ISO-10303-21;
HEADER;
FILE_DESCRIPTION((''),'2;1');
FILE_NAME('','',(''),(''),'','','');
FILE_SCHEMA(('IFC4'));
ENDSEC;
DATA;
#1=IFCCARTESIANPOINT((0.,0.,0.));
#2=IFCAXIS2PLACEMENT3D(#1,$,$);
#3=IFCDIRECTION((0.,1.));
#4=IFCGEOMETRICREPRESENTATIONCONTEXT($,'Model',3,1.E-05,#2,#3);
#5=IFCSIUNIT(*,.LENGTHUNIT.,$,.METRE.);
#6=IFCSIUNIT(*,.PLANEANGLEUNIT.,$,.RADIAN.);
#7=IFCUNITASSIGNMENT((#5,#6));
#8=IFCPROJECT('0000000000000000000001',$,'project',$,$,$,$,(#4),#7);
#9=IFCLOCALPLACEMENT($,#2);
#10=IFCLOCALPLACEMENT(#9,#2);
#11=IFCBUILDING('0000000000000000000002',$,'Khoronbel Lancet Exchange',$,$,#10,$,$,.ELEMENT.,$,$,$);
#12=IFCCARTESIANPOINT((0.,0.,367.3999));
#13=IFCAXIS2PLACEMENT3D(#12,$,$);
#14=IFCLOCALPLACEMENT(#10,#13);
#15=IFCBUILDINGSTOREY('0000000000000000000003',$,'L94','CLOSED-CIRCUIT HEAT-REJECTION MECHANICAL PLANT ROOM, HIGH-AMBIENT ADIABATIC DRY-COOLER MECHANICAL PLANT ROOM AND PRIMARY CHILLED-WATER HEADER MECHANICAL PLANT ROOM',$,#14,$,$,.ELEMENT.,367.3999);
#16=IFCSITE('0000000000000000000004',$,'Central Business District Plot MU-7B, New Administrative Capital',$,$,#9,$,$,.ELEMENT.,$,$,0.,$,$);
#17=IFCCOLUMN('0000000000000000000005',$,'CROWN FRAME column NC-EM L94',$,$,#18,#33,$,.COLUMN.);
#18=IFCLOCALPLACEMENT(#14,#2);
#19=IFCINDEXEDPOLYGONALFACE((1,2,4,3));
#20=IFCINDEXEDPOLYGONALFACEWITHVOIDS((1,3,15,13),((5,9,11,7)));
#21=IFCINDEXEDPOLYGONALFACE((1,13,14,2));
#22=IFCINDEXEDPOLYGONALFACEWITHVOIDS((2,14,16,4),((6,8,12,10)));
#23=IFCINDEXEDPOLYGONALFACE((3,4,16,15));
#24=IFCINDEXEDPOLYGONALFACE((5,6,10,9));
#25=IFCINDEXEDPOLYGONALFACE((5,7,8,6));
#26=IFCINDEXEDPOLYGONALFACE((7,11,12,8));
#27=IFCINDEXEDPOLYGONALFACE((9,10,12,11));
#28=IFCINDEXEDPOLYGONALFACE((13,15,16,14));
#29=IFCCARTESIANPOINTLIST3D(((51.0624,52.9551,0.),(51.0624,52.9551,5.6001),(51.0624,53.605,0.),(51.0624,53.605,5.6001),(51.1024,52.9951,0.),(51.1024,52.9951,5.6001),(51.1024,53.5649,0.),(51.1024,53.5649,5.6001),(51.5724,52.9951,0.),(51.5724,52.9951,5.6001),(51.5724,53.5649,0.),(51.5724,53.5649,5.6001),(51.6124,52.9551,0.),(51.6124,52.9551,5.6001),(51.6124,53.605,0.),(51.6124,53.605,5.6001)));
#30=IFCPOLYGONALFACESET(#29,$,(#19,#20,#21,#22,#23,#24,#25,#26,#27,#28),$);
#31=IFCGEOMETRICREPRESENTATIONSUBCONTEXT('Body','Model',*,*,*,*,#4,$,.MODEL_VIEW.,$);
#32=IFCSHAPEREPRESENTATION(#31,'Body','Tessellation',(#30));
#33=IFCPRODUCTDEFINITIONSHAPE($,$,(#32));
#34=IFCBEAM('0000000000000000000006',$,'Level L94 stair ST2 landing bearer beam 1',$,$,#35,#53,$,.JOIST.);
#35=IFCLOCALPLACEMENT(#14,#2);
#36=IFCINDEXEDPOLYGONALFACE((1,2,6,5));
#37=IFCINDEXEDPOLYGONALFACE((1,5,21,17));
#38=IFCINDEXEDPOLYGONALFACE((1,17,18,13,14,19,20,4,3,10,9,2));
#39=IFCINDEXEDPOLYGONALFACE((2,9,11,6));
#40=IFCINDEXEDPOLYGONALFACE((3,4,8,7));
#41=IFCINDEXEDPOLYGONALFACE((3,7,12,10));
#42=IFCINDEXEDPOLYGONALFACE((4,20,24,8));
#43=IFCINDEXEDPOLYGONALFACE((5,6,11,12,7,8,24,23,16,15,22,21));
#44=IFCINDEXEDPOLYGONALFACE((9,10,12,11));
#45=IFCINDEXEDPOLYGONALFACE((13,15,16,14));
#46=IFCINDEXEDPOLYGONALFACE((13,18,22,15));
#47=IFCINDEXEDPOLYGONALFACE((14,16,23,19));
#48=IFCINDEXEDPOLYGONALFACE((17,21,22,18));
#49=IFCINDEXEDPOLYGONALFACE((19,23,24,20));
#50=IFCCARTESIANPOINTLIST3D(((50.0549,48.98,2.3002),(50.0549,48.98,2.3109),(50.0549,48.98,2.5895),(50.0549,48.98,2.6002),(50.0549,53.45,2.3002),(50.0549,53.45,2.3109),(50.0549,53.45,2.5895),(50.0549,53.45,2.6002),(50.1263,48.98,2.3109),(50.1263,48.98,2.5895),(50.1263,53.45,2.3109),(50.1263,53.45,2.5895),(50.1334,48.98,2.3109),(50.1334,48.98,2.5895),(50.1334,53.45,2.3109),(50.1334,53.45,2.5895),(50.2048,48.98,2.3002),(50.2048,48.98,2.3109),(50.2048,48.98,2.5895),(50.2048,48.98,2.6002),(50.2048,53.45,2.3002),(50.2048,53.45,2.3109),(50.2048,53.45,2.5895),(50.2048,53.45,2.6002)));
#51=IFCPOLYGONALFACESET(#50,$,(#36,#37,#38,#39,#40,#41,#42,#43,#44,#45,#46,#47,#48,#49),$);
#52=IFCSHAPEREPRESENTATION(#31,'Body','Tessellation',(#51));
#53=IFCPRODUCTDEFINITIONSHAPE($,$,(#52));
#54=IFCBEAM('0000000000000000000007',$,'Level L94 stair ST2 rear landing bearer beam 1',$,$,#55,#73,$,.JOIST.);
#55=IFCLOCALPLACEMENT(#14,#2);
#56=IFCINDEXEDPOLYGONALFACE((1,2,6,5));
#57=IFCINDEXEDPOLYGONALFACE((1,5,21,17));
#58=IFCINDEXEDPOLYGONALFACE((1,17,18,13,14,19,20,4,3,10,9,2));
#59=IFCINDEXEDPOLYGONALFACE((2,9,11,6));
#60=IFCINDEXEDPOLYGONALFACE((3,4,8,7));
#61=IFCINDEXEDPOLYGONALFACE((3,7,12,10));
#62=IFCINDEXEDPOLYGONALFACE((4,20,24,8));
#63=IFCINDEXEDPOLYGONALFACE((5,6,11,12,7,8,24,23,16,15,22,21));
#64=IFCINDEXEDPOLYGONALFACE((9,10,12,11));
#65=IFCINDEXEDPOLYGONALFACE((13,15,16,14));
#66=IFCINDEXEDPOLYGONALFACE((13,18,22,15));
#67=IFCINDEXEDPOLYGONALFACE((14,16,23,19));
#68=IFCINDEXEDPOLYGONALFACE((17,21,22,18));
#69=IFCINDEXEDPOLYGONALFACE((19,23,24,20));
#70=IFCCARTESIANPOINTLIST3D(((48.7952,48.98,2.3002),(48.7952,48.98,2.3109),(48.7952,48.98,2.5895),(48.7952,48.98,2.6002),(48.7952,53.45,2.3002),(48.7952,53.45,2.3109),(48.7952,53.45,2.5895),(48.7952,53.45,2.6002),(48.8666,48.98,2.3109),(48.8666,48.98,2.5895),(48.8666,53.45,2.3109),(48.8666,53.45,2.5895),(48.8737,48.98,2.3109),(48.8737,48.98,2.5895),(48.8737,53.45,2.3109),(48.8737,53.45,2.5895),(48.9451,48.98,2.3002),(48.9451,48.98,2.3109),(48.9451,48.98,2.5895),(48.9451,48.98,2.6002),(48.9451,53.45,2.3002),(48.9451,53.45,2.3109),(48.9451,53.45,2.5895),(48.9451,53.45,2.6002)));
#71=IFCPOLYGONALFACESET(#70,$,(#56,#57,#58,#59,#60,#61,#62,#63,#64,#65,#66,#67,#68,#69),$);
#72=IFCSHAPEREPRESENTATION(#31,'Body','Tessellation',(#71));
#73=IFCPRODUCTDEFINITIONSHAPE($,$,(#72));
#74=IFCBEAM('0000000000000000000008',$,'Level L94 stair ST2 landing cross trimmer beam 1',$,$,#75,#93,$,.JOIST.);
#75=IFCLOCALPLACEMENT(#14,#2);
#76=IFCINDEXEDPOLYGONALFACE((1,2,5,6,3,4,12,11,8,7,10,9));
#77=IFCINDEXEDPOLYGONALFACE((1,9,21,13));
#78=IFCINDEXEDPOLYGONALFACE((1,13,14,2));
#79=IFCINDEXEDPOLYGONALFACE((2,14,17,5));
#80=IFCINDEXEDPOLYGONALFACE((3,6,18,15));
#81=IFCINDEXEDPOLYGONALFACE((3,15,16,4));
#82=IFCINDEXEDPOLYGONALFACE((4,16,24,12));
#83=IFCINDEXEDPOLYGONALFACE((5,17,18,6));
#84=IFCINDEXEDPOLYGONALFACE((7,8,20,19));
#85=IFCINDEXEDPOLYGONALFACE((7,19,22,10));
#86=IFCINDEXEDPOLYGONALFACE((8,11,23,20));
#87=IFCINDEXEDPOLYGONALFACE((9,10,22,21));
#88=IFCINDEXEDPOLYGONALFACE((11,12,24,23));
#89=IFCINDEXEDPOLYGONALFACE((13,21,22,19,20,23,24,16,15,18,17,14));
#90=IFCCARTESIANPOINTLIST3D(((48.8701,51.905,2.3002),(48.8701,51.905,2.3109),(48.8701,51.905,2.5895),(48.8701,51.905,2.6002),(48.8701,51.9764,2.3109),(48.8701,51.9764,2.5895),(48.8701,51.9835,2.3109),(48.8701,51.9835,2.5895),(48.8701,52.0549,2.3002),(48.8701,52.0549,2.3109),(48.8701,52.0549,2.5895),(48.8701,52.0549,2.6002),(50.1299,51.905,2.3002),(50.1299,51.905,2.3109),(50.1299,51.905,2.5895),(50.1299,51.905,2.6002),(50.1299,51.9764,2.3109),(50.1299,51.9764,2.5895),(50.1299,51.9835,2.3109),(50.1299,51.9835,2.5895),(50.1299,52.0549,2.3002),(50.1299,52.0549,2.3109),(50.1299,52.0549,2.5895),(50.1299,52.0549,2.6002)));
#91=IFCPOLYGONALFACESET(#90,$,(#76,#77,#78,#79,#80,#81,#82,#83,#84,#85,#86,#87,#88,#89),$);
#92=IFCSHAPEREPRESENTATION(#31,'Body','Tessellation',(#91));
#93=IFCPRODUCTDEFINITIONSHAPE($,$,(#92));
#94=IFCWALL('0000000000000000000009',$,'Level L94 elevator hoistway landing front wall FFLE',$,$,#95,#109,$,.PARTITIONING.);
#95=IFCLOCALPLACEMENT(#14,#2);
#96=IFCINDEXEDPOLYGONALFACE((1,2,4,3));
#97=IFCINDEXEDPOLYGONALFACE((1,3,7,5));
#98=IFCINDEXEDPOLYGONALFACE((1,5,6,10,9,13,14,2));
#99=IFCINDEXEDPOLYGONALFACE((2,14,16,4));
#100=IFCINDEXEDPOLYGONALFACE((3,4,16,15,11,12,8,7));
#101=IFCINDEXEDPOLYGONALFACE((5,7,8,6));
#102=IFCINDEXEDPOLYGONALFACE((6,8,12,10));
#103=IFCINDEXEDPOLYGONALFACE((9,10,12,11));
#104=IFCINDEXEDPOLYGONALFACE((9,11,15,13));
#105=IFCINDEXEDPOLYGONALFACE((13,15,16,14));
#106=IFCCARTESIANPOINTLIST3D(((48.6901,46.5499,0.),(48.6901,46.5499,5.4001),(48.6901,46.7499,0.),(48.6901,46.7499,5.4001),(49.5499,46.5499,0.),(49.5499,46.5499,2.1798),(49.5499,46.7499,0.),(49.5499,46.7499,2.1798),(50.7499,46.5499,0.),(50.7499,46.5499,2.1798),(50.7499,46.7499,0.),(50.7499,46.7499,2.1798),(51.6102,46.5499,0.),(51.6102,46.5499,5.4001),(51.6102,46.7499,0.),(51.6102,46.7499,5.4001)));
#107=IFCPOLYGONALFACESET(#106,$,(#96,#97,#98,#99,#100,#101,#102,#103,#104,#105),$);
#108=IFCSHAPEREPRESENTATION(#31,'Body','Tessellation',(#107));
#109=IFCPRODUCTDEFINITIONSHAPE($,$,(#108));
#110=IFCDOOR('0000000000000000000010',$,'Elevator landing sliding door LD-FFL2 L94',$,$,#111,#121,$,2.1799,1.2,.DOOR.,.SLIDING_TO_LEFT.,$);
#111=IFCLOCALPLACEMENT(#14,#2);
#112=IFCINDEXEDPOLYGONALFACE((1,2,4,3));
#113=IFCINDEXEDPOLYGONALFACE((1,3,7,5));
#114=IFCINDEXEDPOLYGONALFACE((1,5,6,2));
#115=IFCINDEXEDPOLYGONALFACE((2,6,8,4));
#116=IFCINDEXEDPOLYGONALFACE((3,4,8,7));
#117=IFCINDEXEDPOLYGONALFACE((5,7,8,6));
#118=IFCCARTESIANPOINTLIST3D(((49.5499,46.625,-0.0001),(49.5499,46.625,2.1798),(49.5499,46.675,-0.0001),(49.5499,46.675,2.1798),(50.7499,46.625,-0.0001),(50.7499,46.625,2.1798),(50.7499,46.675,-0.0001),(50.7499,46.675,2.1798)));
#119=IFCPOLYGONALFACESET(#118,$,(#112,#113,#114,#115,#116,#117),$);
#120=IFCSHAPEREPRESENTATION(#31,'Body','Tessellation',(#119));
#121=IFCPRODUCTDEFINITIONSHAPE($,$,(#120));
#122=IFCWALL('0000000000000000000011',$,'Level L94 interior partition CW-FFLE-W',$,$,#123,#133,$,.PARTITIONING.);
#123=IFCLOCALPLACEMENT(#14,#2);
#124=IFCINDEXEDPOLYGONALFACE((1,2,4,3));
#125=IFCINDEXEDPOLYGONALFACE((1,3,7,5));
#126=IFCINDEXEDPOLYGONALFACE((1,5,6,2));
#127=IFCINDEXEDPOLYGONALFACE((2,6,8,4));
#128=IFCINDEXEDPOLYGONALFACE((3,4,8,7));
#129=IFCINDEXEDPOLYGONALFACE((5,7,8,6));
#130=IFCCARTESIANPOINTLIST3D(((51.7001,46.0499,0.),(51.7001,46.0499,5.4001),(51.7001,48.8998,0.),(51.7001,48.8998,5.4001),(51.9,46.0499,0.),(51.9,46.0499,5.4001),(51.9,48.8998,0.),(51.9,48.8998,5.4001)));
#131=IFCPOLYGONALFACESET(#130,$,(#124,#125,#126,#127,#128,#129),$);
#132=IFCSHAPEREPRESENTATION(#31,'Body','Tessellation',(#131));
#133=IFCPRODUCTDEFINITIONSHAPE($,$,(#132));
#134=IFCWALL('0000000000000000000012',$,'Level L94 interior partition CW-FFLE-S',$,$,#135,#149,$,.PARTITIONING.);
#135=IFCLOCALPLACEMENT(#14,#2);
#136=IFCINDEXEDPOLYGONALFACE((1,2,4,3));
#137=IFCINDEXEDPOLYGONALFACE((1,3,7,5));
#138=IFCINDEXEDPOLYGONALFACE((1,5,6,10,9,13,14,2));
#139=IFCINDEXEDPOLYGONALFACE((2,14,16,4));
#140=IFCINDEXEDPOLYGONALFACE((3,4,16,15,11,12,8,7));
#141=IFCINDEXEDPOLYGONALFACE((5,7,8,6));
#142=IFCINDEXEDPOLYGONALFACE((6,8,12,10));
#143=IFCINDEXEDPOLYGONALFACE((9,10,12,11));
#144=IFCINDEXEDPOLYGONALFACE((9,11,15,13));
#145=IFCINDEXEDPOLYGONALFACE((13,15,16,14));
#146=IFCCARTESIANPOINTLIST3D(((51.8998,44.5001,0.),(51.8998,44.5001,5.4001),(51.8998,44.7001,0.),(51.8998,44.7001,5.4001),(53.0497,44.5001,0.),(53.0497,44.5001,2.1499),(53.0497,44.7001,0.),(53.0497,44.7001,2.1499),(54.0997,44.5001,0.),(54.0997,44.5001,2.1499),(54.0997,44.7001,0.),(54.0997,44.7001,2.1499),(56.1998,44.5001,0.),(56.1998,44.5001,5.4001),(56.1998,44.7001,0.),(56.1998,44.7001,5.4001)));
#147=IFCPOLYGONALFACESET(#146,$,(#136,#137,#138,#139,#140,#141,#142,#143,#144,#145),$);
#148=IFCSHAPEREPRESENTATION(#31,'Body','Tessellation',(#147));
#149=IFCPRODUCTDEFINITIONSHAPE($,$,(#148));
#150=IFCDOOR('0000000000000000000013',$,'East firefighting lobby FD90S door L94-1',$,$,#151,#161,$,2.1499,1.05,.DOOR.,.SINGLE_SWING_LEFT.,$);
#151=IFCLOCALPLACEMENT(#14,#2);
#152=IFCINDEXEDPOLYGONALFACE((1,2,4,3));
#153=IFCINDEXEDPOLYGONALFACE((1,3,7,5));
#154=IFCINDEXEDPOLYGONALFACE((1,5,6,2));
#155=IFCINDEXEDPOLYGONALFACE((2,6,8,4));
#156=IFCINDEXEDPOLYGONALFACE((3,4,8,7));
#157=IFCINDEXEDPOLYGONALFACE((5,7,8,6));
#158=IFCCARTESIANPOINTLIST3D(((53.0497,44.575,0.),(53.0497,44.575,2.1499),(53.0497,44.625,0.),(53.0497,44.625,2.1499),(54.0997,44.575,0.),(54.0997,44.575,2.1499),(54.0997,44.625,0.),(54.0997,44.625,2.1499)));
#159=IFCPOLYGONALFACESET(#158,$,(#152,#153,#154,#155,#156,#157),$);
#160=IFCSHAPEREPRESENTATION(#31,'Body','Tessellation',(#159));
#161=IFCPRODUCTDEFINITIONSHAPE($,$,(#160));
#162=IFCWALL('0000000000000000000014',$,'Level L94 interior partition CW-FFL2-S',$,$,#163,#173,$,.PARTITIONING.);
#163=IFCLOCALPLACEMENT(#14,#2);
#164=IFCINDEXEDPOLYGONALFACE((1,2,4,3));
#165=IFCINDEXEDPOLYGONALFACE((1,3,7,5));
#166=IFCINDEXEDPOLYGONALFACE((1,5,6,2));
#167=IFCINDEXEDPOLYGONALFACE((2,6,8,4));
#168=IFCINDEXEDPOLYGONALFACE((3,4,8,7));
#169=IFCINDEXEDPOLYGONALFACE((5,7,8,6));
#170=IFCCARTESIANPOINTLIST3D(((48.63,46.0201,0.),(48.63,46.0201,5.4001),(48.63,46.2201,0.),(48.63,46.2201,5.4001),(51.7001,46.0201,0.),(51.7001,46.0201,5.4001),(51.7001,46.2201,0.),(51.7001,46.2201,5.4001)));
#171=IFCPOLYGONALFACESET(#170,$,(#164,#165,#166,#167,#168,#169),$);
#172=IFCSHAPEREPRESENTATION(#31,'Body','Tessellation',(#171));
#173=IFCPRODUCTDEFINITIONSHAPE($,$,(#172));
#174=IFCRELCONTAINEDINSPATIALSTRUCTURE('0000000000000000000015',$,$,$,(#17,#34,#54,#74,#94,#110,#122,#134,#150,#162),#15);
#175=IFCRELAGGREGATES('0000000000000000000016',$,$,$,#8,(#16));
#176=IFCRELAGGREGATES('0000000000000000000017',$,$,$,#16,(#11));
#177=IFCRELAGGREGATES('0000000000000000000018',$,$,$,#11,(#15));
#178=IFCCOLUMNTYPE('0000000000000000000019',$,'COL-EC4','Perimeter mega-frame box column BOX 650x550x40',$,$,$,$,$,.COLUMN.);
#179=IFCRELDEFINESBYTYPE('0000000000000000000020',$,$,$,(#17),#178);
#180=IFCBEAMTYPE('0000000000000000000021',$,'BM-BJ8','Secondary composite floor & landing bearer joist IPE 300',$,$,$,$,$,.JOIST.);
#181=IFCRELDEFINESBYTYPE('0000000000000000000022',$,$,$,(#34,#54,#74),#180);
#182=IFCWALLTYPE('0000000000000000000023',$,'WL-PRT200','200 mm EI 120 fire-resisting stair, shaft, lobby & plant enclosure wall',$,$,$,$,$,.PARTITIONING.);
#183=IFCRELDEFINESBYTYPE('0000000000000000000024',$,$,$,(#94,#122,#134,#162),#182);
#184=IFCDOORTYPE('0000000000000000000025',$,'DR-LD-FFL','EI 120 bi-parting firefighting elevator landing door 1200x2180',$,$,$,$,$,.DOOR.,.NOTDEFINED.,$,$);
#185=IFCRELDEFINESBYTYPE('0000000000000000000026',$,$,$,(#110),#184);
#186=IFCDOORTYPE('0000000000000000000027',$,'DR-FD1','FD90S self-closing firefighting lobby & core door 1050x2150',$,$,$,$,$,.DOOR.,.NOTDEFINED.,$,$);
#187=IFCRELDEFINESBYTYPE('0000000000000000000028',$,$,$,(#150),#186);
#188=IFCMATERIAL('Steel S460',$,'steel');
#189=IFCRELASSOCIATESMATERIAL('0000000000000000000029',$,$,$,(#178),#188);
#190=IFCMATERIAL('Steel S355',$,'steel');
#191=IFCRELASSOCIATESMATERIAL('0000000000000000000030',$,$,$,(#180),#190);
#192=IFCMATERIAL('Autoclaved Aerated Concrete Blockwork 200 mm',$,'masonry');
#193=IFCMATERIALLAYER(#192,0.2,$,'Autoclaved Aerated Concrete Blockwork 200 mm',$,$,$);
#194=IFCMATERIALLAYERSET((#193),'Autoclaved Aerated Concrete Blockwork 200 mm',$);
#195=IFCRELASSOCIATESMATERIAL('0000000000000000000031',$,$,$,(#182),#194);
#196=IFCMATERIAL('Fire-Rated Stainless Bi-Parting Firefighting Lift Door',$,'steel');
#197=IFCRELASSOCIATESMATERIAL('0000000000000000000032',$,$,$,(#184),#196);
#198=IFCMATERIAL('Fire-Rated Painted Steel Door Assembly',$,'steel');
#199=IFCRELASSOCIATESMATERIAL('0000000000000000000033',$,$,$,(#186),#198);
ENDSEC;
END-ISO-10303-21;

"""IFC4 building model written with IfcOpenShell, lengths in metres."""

from ifc_helpers import new_model, si_unit, direction, frame, frame_2d, origin, origin_2d, place, context, subcontext, project, spatial, rectangle, hollow_rectangle, i_section, extrude, material, layer, layer_set, material_profile, profile_set, type_object, element, fill, save


model = new_model("IFC4")

# Units and contexts
model_context = context("Model", 3, precision=1e-05, world=origin(), true_north=direction((0.0, 1.0)))
body_context = subcontext(model_context, "Body", "Model", "MODEL_VIEW")
ifc_project = project(units=[si_unit("LENGTHUNIT", "METRE"), si_unit("PLANEANGLEUNIT", "RADIAN")], contexts=[model_context])

# Site, building, storey
site_placement = place(None, origin())
site = spatial("IfcSite", under=ifc_project, at=site_placement, Name="Central Business District Plot MU-7B, New Administrative Capital", CompositionType="ELEMENT", RefElevation=0.0)
building_placement = place(site_placement, origin())
building = spatial("IfcBuilding", under=site, at=building_placement, Name="Khoronbel Lancet Exchange", CompositionType="ELEMENT")
storey_placement = place(building_placement, frame((0.0, 0.0, 367.3999)))
storey = spatial("IfcBuildingStorey", under=building, at=storey_placement, Name="L94", Description="CLOSED-CIRCUIT HEAT-REJECTION MECHANICAL PLANT ROOM, HIGH-AMBIENT ADIABATIC DRY-COOLER MECHANICAL PLANT ROOM AND PRIMARY CHILLED-WATER HEADER MECHANICAL PLANT ROOM", CompositionType="ELEMENT", Elevation=367.3999)

# Column
ifc_material_1 = material(Name="Steel S460", Category="steel")
ifc_material_profile_1 = material_profile(ifc_material_1, hollow_rectangle(XDim=0.55, YDim=0.6499, WallThickness=0.04, at=origin_2d()), Name="BOX 650x550x40")
ifc_profile_set_1 = profile_set([ifc_material_profile_1], Name="Steel S460")
column_type = type_object("IfcColumnType", Name="COL-EC4", Description="Perimeter mega-frame box column BOX 650x550x40", PredefinedType="COLUMN", material=ifc_profile_set_1)
column_placement = place(storey_placement, frame((51.3374, 53.28, 0.0), z_axis=(0.0, 0.0, 1.0), x_axis=(1.0, 0.0, 0.0)))
element("IfcColumn", 1, at=column_placement, inside=storey, type_object=column_type, Name="CROWN FRAME column NC-EM L94", PredefinedType="COLUMN", context=body_context, shape_type="SweptSolid", body=[
    extrude(hollow_rectangle(XDim=0.55, YDim=0.6499, WallThickness=0.04, at=origin_2d()), origin(), (0.0, 0.0, 1.0), 5.6001),
])

# Beams
ifc_material_2 = material(Name="Steel S355", Category="steel")
ifc_material_profile_2 = material_profile(ifc_material_2, i_section(OverallWidth=0.1499, OverallDepth=0.3, WebThickness=0.0071, FlangeThickness=0.0107, at=origin_2d()), Name="IPE 300")
ifc_profile_set_2 = profile_set([ifc_material_profile_2], Name="Steel S355")
beam_type = type_object("IfcBeamType", Name="BM-BJ8", Description="Secondary composite floor & landing bearer joist IPE 300", PredefinedType="JOIST", material=ifc_profile_set_2)
for number, where, z_axis, x_axis, name in (
    (2, (50.1299, 48.98, 2.4502), (0.0, 1.0, 0.0), (-1.0, 0.0, 0.0), "Level L94 stair ST2 landing bearer beam 1"),
    (3, (48.8701, 48.98, 2.4502), (0.0, 1.0, 0.0), (-1.0, 0.0, 0.0), "Level L94 stair ST2 rear landing bearer beam 1"),
):
    element("IfcBeam", number, at=place(storey_placement, frame(where, z_axis=z_axis, x_axis=x_axis)), inside=storey, type_object=beam_type, Name=name, PredefinedType="JOIST", context=body_context, shape_type="SweptSolid", body=[
        extrude(i_section(OverallWidth=0.1499, OverallDepth=0.3, WebThickness=0.0071, FlangeThickness=0.0107, at=origin_2d()), origin(), (0.0, 0.0, 1.0), 4.47),
    ])
beam_placement = place(storey_placement, frame((48.8701, 51.98, 2.4502), z_axis=(1.0, 0.0, 0.0), x_axis=(0.0, 1.0, 0.0)))
element("IfcBeam", 4, at=beam_placement, inside=storey, type_object=beam_type, Name="Level L94 stair ST2 landing cross trimmer beam 1", PredefinedType="JOIST", context=body_context, shape_type="SweptSolid", body=[
    extrude(i_section(OverallWidth=0.1499, OverallDepth=0.3, WebThickness=0.0071, FlangeThickness=0.0107, at=origin_2d()), origin(), (0.0, 0.0, 1.0), 1.2598),
])

# Wall, opening, door
ifc_material_3 = material(Name="Autoclaved Aerated Concrete Blockwork 200 mm", Category="masonry")
ifc_layer_1 = layer(ifc_material_3, 0.2, Name="Autoclaved Aerated Concrete Blockwork 200 mm")
ifc_layer_set_1 = layer_set([ifc_layer_1], Name="Autoclaved Aerated Concrete Blockwork 200 mm")
wall_type_1 = type_object("IfcWallType", Name="WL-PRT200", Description="200 mm EI 120 fire-resisting stair, shaft, lobby & plant enclosure wall", PredefinedType="PARTITIONING", material=ifc_layer_set_1)
wall_1_placement = place(storey_placement, frame((51.6101, 46.6499, 0.0), z_axis=(0.0, 0.0, 1.0), x_axis=(-1.0, 0.0, 0.0)))
wall_1 = element("IfcWall", 5, at=wall_1_placement, inside=storey, type_object=wall_type_1, Name="Level L94 elevator hoistway landing front wall FFLE", PredefinedType="PARTITIONING", context=body_context, shape_type="SweptSolid", body=[
    extrude(rectangle(XDim=2.9202, YDim=0.2, at=frame_2d((1.46, 0.0))), origin(), (0.0, 0.0, 1.0), 5.4001),
])
opening_1_placement = place(wall_1_placement, frame((0.8601, 0.0, 0.0)))
opening_1 = element("IfcOpeningElement", 6, at=opening_1_placement, cuts=wall_1, PredefinedType="OPENING", context=body_context, shape_type="SweptSolid", body=[
    extrude(rectangle(XDim=1.2, YDim=2.1799, at=frame_2d((0.6001, 1.0898))), frame((0.0, 0.1099, 0.0), z_axis=(0.0, -1.0, 0.0), x_axis=(1.0, 0.0, 0.0)), (0.0, 0.0, 1.0), 0.22),
])
ifc_material_4 = material(Name="Fire-Rated Stainless Bi-Parting Firefighting Lift Door", Category="steel")
door_type_1 = type_object("IfcDoorType", Name="DR-LD-FFL", Description="EI 120 bi-parting firefighting elevator landing door 1200x2180", OperationType="NOTDEFINED", PredefinedType="DOOR", material=ifc_material_4)
door_1_placement = place(opening_1_placement, origin())
door_1 = element("IfcDoor", 7, at=door_1_placement, inside=storey, type_object=door_type_1, Name="Elevator landing sliding door LD-FFL2 L94", OperationType="SLIDING_TO_LEFT", OverallHeight=2.1799, OverallWidth=1.2, PredefinedType="DOOR", context=body_context, shape_type="SweptSolid", body=[
    extrude(rectangle(XDim=1.2, YDim=2.1799, at=frame_2d((0.6001, 1.0898))), frame((0.0, 0.0249, 0.0), z_axis=(0.0, -1.0, 0.0), x_axis=(1.0, 0.0, 0.0)), (0.0, 0.0, 1.0), 0.05),
])
fill(opening_1, door_1)

# Wall
wall_2_placement = place(storey_placement, frame((51.8, 46.05, 0.0), z_axis=(0.0, 0.0, 1.0), x_axis=(0.0, 1.0, 0.0)))
element("IfcWall", 8, at=wall_2_placement, inside=storey, type_object=wall_type_1, Name="Level L94 interior partition CW-FFLE-W", PredefinedType="PARTITIONING", context=body_context, shape_type="SweptSolid", body=[
    extrude(rectangle(XDim=2.8499, YDim=0.2, at=frame_2d((1.4248, 0.0))), origin(), (0.0, 0.0, 1.0), 5.4001),
])

# Wall, opening, door
wall_3_placement = place(storey_placement, frame((51.8999, 44.6001, 0.0), z_axis=(0.0, 0.0, 1.0), x_axis=(1.0, 0.0, 0.0)))
wall_3 = element("IfcWall", 9, at=wall_3_placement, inside=storey, type_object=wall_type_1, Name="Level L94 interior partition CW-FFLE-S", PredefinedType="PARTITIONING", context=body_context, shape_type="SweptSolid", body=[
    extrude(rectangle(XDim=4.3, YDim=0.2, at=frame_2d((2.1499, 0.0))), origin(), (0.0, 0.0, 1.0), 5.4001),
])
opening_2_placement = place(wall_3_placement, frame((1.1499, 0.0, 0.0)))
opening_2 = element("IfcOpeningElement", 10, at=opening_2_placement, cuts=wall_3, PredefinedType="OPENING", context=body_context, shape_type="SweptSolid", body=[
    extrude(rectangle(XDim=1.05, YDim=2.1499, at=frame_2d((0.5249, 1.075))), frame((0.0, 0.1099, 0.0), z_axis=(0.0, -1.0, 0.0), x_axis=(1.0, 0.0, 0.0)), (0.0, 0.0, 1.0), 0.22),
])
ifc_material_5 = material(Name="Fire-Rated Painted Steel Door Assembly", Category="steel")
door_type_2 = type_object("IfcDoorType", Name="DR-FD1", Description="FD90S self-closing firefighting lobby & core door 1050x2150", OperationType="NOTDEFINED", PredefinedType="DOOR", material=ifc_material_5)
door_2_placement = place(opening_2_placement, origin())
door_2 = element("IfcDoor", 11, at=door_2_placement, inside=storey, type_object=door_type_2, Name="East firefighting lobby FD90S door L94-1", OperationType="SINGLE_SWING_LEFT", OverallHeight=2.1499, OverallWidth=1.05, PredefinedType="DOOR", context=body_context, shape_type="SweptSolid", body=[
    extrude(rectangle(XDim=1.05, YDim=2.1499, at=frame_2d((0.5249, 1.075))), frame((0.0, 0.0249, 0.0), z_axis=(0.0, -1.0, 0.0), x_axis=(1.0, 0.0, 0.0)), (0.0, 0.0, 1.0), 0.05),
])
fill(opening_2, door_2)

# Wall
wall_4_placement = place(storey_placement, frame((48.6299, 46.1201, 0.0), z_axis=(0.0, 0.0, 1.0), x_axis=(1.0, 0.0, 0.0)))
element("IfcWall", 12, at=wall_4_placement, inside=storey, type_object=wall_type_1, Name="Level L94 interior partition CW-FFL2-S", PredefinedType="PARTITIONING", context=body_context, shape_type="SweptSolid", body=[
    extrude(rectangle(XDim=3.0701, YDim=0.2, at=frame_2d((1.5352, 0.0))), origin(), (0.0, 0.0, 1.0), 5.4001),
])

save(model, "model.ifc")
